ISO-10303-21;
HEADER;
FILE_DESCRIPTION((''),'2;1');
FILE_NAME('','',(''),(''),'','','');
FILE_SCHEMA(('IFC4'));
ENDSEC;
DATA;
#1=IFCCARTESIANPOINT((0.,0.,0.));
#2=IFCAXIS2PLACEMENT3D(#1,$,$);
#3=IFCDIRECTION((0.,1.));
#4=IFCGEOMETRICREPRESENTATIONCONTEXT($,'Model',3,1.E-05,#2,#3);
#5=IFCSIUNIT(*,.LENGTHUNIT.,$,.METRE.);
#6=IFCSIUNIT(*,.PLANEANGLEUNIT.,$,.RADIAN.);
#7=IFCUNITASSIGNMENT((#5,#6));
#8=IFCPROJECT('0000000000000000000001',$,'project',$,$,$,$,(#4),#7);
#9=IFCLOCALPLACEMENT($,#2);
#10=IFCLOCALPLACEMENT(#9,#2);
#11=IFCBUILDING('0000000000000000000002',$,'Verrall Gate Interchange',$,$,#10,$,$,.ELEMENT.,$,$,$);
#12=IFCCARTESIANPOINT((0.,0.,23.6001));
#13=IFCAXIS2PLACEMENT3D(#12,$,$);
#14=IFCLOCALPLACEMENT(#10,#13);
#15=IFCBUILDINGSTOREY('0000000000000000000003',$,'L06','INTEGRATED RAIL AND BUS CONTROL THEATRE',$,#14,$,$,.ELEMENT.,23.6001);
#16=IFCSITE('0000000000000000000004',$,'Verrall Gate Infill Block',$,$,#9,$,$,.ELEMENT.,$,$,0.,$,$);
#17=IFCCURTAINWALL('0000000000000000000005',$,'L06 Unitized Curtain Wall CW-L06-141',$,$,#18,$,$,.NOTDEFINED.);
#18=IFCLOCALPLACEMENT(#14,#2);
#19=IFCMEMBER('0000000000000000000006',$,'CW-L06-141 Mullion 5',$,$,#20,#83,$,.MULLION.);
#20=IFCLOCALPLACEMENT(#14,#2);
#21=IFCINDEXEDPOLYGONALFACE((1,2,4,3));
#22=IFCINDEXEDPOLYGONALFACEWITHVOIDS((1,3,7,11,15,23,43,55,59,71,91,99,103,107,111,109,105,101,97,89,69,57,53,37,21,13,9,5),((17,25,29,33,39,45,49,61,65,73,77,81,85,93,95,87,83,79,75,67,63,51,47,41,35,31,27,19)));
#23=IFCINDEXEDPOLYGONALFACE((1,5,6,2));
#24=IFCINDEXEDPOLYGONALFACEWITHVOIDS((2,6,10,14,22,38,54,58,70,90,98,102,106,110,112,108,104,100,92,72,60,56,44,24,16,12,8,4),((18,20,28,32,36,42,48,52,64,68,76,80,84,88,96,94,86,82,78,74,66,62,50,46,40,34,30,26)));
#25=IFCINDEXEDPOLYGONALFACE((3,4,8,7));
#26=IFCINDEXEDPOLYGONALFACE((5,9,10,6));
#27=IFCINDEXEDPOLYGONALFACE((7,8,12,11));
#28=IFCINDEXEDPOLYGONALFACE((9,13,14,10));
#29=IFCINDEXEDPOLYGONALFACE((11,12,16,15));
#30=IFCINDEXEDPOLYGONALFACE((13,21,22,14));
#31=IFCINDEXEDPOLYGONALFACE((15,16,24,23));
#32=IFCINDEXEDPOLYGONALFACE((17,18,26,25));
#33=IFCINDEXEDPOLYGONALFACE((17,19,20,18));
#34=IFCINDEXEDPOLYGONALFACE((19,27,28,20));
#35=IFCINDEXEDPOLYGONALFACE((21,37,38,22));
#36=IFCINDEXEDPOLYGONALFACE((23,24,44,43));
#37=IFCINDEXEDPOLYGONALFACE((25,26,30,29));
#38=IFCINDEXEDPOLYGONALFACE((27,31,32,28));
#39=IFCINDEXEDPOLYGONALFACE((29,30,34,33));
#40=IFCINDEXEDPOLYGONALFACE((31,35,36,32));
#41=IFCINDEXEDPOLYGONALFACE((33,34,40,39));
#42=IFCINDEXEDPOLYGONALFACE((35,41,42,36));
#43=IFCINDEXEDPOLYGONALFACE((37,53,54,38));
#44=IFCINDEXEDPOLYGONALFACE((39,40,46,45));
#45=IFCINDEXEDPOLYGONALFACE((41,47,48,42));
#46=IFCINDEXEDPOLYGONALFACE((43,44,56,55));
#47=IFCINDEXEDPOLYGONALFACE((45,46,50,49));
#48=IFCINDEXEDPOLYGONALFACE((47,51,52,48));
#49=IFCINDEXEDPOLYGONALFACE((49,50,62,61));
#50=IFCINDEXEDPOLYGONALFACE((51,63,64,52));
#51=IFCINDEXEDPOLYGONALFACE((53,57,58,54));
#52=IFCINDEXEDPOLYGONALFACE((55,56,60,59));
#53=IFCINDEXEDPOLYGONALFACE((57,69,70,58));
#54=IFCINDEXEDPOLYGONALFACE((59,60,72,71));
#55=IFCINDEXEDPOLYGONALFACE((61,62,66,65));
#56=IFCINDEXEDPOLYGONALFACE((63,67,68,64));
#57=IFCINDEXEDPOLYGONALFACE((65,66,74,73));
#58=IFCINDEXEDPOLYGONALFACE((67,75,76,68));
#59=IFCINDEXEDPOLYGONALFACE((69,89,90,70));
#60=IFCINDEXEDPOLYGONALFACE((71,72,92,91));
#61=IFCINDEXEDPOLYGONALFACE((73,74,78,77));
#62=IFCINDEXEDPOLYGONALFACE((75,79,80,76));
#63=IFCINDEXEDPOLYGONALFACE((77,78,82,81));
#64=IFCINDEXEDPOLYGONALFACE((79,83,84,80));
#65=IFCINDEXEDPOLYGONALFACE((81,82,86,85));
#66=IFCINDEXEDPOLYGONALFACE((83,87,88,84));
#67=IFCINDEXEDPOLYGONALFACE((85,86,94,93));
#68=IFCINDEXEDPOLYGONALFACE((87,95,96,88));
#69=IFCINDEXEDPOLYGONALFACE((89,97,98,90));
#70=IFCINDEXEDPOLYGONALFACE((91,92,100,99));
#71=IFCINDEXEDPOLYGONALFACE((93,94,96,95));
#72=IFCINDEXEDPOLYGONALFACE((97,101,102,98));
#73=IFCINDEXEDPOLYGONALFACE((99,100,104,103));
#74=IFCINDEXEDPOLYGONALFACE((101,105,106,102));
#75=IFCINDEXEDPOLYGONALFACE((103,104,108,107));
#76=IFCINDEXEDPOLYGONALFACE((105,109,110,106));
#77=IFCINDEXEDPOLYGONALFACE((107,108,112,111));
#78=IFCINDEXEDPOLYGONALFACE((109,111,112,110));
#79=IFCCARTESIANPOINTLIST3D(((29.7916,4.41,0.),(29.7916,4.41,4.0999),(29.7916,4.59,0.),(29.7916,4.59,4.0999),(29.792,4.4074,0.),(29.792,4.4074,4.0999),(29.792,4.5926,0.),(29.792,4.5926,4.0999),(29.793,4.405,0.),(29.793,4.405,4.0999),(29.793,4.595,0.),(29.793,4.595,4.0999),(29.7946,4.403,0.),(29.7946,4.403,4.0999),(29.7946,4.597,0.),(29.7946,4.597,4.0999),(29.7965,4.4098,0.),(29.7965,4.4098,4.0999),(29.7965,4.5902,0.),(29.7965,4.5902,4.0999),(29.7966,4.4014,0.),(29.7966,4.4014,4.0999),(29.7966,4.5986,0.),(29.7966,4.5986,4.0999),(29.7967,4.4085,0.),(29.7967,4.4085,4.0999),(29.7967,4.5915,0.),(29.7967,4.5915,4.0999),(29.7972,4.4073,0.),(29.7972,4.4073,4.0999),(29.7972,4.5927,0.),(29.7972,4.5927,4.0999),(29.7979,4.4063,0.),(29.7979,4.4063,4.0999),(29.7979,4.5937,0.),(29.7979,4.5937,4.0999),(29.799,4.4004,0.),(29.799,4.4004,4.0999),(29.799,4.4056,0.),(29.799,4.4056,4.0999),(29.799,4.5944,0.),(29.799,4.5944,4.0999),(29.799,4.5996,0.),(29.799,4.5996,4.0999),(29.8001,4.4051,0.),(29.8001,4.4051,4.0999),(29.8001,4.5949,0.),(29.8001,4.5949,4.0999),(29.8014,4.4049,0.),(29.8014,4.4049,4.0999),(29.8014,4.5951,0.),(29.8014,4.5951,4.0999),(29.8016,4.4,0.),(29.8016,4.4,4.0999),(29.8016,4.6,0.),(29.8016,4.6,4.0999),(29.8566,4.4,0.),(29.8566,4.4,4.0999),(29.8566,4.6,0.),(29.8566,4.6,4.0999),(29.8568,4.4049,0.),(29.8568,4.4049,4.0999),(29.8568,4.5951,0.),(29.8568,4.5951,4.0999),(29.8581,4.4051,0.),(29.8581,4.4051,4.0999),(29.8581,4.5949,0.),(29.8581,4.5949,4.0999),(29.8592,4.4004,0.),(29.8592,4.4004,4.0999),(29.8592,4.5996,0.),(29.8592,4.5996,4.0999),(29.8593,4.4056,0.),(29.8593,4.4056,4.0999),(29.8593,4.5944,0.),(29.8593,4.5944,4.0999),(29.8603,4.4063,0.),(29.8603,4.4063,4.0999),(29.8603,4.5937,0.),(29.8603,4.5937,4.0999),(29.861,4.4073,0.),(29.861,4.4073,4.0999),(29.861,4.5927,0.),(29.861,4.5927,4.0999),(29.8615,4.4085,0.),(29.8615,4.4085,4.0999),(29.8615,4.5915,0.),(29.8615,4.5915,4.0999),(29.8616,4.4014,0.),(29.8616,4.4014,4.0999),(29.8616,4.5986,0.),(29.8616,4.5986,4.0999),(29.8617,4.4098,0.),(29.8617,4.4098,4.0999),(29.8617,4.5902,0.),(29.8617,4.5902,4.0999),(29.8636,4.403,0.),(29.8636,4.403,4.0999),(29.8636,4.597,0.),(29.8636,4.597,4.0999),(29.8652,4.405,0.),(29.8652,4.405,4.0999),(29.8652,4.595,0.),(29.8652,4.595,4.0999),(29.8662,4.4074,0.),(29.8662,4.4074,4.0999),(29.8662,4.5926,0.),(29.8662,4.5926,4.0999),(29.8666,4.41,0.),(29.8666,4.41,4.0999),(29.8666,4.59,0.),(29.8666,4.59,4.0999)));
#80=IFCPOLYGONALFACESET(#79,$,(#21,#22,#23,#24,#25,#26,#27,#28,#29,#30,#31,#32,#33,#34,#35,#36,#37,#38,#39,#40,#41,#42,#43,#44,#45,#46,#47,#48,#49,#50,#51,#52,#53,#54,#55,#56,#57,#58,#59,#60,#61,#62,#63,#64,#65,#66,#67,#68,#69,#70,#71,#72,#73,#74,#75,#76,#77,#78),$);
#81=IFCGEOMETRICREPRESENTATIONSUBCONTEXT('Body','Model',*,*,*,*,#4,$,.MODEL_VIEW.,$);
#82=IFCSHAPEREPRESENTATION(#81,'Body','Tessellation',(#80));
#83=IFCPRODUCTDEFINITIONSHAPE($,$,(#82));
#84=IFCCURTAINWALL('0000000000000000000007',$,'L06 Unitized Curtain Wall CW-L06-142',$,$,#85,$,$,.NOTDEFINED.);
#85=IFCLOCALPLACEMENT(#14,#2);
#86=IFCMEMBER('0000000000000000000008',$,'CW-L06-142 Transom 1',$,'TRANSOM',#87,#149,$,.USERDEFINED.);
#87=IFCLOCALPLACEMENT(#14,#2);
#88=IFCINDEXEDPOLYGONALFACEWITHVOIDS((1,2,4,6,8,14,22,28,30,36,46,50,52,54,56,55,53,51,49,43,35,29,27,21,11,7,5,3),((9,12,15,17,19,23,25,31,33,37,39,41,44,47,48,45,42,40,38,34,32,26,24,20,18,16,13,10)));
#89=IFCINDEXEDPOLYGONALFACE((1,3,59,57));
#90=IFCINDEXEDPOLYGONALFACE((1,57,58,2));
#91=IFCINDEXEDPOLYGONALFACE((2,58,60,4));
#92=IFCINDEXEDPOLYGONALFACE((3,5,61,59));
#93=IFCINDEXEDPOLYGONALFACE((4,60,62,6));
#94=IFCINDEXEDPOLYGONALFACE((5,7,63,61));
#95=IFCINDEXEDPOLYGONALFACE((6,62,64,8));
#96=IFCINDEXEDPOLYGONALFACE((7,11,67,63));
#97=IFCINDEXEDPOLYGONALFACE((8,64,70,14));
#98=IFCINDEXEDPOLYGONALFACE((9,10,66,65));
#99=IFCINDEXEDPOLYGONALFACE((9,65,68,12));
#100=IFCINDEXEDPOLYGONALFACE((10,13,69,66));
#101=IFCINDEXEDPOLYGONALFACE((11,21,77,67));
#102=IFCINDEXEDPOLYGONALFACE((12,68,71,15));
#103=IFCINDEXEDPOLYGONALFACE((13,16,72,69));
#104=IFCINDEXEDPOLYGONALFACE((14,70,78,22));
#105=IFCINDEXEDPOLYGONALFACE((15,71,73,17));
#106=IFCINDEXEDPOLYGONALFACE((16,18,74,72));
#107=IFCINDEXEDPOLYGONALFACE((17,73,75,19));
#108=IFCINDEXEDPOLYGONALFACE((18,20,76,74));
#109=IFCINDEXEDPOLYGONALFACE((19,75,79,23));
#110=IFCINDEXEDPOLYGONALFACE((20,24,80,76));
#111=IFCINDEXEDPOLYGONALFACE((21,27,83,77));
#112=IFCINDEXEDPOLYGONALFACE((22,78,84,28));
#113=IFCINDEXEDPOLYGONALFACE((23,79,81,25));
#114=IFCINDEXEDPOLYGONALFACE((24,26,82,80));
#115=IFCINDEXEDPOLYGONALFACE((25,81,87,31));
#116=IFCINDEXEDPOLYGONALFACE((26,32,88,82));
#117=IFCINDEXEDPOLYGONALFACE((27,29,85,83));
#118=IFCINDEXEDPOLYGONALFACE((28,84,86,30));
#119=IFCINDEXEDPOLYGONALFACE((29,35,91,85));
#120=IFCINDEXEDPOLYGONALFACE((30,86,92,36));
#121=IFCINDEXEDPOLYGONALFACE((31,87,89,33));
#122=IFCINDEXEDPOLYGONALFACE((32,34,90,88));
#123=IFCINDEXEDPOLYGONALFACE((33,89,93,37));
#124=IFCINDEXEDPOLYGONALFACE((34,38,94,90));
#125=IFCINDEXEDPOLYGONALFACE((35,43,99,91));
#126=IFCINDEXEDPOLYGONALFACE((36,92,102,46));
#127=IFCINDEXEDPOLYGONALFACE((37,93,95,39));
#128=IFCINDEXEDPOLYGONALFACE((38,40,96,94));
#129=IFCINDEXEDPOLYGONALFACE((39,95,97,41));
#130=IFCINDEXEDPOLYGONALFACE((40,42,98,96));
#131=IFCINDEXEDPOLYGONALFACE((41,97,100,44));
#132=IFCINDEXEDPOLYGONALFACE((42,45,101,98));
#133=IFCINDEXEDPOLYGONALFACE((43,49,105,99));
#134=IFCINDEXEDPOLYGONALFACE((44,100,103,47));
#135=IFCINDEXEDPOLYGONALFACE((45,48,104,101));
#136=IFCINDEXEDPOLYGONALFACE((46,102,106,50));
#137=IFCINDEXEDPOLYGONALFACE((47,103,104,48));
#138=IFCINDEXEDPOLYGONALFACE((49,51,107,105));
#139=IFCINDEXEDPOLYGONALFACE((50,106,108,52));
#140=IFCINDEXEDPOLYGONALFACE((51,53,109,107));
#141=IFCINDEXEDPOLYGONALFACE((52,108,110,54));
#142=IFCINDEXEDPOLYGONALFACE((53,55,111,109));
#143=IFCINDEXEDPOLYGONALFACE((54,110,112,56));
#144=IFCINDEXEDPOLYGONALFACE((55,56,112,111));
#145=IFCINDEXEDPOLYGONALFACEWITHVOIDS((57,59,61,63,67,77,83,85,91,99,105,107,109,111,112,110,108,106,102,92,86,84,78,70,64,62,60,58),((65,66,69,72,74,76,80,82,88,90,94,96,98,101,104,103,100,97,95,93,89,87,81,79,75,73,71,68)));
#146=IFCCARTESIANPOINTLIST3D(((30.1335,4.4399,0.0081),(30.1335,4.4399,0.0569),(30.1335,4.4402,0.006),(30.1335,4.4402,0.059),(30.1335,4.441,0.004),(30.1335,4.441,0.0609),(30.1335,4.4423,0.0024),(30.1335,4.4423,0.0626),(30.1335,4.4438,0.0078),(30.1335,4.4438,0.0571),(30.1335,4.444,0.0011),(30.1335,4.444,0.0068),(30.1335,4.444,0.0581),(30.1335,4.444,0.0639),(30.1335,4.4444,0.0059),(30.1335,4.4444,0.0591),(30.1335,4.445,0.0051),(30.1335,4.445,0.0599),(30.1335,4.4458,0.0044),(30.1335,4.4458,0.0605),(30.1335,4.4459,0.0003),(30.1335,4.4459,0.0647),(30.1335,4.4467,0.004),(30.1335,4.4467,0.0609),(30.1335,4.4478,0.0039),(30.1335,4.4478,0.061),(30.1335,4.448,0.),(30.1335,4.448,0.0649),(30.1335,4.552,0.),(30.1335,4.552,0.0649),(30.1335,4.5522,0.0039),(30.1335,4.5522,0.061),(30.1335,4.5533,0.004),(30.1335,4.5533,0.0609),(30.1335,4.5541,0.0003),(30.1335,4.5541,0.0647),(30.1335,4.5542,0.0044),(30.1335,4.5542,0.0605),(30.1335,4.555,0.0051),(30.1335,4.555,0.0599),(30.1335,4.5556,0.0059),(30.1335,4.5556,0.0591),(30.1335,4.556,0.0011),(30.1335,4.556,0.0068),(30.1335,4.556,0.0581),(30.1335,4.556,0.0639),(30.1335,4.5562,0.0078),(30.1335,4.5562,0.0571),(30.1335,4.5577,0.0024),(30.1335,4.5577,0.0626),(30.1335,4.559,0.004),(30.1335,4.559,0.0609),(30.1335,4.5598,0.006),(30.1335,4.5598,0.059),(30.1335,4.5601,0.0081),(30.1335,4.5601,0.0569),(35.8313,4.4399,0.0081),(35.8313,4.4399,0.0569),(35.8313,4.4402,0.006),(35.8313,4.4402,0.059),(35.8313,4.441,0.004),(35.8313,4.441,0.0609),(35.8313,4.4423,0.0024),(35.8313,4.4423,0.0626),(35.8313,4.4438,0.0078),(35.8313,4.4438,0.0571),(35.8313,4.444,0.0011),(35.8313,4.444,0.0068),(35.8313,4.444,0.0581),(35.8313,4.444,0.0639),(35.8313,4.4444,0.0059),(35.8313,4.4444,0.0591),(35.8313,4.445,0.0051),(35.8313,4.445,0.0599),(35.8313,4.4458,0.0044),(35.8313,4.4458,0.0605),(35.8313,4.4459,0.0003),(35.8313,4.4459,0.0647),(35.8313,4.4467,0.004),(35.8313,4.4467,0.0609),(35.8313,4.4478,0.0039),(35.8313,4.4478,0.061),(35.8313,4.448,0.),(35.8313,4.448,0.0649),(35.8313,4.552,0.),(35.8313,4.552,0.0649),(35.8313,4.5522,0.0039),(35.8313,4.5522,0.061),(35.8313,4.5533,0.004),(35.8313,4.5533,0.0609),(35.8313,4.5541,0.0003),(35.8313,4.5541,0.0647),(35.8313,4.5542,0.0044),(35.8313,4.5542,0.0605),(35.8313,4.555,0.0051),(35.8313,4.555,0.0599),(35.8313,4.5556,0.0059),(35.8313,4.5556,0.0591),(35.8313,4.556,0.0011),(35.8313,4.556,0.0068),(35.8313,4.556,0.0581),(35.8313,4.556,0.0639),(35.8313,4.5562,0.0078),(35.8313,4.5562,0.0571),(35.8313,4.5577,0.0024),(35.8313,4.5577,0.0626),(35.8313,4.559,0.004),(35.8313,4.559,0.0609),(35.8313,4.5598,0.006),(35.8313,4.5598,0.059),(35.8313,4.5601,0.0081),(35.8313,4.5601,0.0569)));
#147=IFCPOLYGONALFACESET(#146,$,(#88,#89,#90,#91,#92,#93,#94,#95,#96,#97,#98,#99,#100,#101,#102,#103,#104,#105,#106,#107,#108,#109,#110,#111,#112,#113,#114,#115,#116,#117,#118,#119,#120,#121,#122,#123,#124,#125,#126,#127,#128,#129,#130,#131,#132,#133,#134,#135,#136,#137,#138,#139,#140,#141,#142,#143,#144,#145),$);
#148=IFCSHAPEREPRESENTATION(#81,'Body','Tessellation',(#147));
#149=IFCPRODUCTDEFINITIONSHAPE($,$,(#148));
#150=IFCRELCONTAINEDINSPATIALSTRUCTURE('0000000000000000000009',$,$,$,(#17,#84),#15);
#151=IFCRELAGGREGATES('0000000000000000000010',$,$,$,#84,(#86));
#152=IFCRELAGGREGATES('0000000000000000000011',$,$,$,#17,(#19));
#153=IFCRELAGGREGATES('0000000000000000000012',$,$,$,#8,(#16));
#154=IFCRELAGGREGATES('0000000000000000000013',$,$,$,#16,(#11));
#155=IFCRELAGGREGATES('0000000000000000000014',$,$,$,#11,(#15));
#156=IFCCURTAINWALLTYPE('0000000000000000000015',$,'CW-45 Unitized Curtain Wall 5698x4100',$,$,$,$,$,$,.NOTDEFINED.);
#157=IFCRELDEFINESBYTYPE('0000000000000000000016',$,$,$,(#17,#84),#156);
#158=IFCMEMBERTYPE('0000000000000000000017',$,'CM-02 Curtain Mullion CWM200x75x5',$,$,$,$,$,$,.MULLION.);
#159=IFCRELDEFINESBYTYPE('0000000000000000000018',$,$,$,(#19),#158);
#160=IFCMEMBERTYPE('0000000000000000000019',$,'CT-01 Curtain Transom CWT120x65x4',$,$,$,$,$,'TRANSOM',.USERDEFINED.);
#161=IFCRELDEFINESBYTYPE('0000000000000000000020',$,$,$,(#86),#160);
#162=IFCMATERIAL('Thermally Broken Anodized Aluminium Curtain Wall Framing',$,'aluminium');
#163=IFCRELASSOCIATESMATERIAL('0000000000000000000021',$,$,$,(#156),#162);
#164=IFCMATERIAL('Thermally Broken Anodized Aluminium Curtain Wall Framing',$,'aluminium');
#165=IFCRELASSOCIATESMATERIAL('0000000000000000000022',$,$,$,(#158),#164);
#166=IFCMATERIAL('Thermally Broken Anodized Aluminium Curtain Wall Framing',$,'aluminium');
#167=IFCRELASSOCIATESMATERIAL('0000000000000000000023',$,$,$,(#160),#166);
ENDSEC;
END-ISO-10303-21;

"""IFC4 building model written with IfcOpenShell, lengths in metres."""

from ifc_helpers import new_model, si_unit, direction, frame, origin, origin_2d, place, context, subcontext, project, spatial, hollow_rectangle, extrude, material, material_profile, profile_set, type_object, element, aggregate, save


model = new_model("IFC4")

# Units and contexts
model_context = context("Model", 3, precision=1e-05, world=origin(), true_north=direction((0.0, 1.0)))
body_context = subcontext(model_context, "Body", "Model", "MODEL_VIEW")
ifc_project = project(units=[si_unit("LENGTHUNIT", "METRE"), si_unit("PLANEANGLEUNIT", "RADIAN")], contexts=[model_context])

# Site, building, storey
site_placement = place(None, origin())
site = spatial("IfcSite", under=ifc_project, at=site_placement, Name="Verrall Gate Infill Block", CompositionType="ELEMENT", RefElevation=0.0)
building_placement = place(site_placement, origin())
building = spatial("IfcBuilding", under=site, at=building_placement, Name="Verrall Gate Interchange", CompositionType="ELEMENT")
storey_placement = place(building_placement, frame((0.0, 0.0, 23.6001)))
storey = spatial("IfcBuildingStorey", under=building, at=storey_placement, Name="L06", Description="INTEGRATED RAIL AND BUS CONTROL THEATRE", CompositionType="ELEMENT", Elevation=23.6001)

# Shared definitions
ifc_material_1 = material(Name="Thermally Broken Anodized Aluminium Curtain Wall Framing", Category="aluminium")
curtain_wall_type = type_object("IfcCurtainWallType", Name="CW-45 Unitized Curtain Wall 5698x4100", PredefinedType="NOTDEFINED", material=ifc_material_1)

# Curtain wall, member
curtain_wall_1_placement = place(storey_placement, origin())
curtain_wall_1 = element("IfcCurtainWall", 1, at=curtain_wall_1_placement, inside=storey, type_object=curtain_wall_type, Name="L06 Unitized Curtain Wall CW-L06-141", PredefinedType="NOTDEFINED")
ifc_material_2 = material(Name="Thermally Broken Anodized Aluminium Curtain Wall Framing", Category="aluminium")
ifc_material_profile_1 = material_profile(ifc_material_2, hollow_rectangle(XDim=0.075, YDim=0.2, WallThickness=0.0049, InnerFilletRadius=0.0049, OuterFilletRadius=0.01, at=origin_2d()), Name="CWM200x75x5")
ifc_profile_set_1 = profile_set([ifc_material_profile_1], Name="Thermally Broken Anodized Aluminium Curtain Wall Framing")
member_type_1 = type_object("IfcMemberType", Name="CM-02 Curtain Mullion CWM200x75x5", PredefinedType="MULLION", material=ifc_profile_set_1)
member_1_placement = place(storey_placement, frame((29.8291, 4.5, 0.0), z_axis=(0.0, 0.0, 1.0), x_axis=(1.0, 0.0, 0.0)))
member_1 = element("IfcMember", 2, at=member_1_placement, type_object=member_type_1, Name="CW-L06-141 Mullion 5", PredefinedType="MULLION", context=body_context, shape_type="SweptSolid", body=[
    extrude(hollow_rectangle(XDim=0.075, YDim=0.2, WallThickness=0.0049, InnerFilletRadius=0.0049, OuterFilletRadius=0.01, at=origin_2d()), origin(), (0.0, 0.0, 1.0), 4.0999),
])

# Curtain wall, member
curtain_wall_2_placement = place(storey_placement, origin())
curtain_wall_2 = element("IfcCurtainWall", 3, at=curtain_wall_2_placement, inside=storey, type_object=curtain_wall_type, Name="L06 Unitized Curtain Wall CW-L06-142", PredefinedType="NOTDEFINED")
ifc_material_3 = material(Name="Thermally Broken Anodized Aluminium Curtain Wall Framing", Category="aluminium")
ifc_material_profile_2 = material_profile(ifc_material_3, hollow_rectangle(XDim=0.1201, YDim=0.0649, WallThickness=0.0039, InnerFilletRadius=0.0039, OuterFilletRadius=0.0081, at=origin_2d()), Name="CWT120x65x4")
ifc_profile_set_2 = profile_set([ifc_material_profile_2], Name="Thermally Broken Anodized Aluminium Curtain Wall Framing")
member_type_2 = type_object("IfcMemberType", Name="CT-01 Curtain Transom CWT120x65x4", ElementType="TRANSOM", PredefinedType="USERDEFINED", material=ifc_profile_set_2)
member_2_placement = place(storey_placement, frame((30.1335, 4.5, 0.0325), z_axis=(1.0, 0.0, 0.0), x_axis=(0.0, 1.0, 0.0)))
member_2 = element("IfcMember", 4, at=member_2_placement, type_object=member_type_2, Name="CW-L06-142 Transom 1", ObjectType="TRANSOM", PredefinedType="USERDEFINED", context=body_context, shape_type="SweptSolid", body=[
    extrude(hollow_rectangle(XDim=0.1201, YDim=0.0649, WallThickness=0.0039, InnerFilletRadius=0.0039, OuterFilletRadius=0.0081, at=origin_2d()), origin(), (0.0, 0.0, 1.0), 5.6978),
])
aggregate(curtain_wall_2, [member_2])

aggregate(curtain_wall_1, [member_1])

save(model, "model.ifc")
